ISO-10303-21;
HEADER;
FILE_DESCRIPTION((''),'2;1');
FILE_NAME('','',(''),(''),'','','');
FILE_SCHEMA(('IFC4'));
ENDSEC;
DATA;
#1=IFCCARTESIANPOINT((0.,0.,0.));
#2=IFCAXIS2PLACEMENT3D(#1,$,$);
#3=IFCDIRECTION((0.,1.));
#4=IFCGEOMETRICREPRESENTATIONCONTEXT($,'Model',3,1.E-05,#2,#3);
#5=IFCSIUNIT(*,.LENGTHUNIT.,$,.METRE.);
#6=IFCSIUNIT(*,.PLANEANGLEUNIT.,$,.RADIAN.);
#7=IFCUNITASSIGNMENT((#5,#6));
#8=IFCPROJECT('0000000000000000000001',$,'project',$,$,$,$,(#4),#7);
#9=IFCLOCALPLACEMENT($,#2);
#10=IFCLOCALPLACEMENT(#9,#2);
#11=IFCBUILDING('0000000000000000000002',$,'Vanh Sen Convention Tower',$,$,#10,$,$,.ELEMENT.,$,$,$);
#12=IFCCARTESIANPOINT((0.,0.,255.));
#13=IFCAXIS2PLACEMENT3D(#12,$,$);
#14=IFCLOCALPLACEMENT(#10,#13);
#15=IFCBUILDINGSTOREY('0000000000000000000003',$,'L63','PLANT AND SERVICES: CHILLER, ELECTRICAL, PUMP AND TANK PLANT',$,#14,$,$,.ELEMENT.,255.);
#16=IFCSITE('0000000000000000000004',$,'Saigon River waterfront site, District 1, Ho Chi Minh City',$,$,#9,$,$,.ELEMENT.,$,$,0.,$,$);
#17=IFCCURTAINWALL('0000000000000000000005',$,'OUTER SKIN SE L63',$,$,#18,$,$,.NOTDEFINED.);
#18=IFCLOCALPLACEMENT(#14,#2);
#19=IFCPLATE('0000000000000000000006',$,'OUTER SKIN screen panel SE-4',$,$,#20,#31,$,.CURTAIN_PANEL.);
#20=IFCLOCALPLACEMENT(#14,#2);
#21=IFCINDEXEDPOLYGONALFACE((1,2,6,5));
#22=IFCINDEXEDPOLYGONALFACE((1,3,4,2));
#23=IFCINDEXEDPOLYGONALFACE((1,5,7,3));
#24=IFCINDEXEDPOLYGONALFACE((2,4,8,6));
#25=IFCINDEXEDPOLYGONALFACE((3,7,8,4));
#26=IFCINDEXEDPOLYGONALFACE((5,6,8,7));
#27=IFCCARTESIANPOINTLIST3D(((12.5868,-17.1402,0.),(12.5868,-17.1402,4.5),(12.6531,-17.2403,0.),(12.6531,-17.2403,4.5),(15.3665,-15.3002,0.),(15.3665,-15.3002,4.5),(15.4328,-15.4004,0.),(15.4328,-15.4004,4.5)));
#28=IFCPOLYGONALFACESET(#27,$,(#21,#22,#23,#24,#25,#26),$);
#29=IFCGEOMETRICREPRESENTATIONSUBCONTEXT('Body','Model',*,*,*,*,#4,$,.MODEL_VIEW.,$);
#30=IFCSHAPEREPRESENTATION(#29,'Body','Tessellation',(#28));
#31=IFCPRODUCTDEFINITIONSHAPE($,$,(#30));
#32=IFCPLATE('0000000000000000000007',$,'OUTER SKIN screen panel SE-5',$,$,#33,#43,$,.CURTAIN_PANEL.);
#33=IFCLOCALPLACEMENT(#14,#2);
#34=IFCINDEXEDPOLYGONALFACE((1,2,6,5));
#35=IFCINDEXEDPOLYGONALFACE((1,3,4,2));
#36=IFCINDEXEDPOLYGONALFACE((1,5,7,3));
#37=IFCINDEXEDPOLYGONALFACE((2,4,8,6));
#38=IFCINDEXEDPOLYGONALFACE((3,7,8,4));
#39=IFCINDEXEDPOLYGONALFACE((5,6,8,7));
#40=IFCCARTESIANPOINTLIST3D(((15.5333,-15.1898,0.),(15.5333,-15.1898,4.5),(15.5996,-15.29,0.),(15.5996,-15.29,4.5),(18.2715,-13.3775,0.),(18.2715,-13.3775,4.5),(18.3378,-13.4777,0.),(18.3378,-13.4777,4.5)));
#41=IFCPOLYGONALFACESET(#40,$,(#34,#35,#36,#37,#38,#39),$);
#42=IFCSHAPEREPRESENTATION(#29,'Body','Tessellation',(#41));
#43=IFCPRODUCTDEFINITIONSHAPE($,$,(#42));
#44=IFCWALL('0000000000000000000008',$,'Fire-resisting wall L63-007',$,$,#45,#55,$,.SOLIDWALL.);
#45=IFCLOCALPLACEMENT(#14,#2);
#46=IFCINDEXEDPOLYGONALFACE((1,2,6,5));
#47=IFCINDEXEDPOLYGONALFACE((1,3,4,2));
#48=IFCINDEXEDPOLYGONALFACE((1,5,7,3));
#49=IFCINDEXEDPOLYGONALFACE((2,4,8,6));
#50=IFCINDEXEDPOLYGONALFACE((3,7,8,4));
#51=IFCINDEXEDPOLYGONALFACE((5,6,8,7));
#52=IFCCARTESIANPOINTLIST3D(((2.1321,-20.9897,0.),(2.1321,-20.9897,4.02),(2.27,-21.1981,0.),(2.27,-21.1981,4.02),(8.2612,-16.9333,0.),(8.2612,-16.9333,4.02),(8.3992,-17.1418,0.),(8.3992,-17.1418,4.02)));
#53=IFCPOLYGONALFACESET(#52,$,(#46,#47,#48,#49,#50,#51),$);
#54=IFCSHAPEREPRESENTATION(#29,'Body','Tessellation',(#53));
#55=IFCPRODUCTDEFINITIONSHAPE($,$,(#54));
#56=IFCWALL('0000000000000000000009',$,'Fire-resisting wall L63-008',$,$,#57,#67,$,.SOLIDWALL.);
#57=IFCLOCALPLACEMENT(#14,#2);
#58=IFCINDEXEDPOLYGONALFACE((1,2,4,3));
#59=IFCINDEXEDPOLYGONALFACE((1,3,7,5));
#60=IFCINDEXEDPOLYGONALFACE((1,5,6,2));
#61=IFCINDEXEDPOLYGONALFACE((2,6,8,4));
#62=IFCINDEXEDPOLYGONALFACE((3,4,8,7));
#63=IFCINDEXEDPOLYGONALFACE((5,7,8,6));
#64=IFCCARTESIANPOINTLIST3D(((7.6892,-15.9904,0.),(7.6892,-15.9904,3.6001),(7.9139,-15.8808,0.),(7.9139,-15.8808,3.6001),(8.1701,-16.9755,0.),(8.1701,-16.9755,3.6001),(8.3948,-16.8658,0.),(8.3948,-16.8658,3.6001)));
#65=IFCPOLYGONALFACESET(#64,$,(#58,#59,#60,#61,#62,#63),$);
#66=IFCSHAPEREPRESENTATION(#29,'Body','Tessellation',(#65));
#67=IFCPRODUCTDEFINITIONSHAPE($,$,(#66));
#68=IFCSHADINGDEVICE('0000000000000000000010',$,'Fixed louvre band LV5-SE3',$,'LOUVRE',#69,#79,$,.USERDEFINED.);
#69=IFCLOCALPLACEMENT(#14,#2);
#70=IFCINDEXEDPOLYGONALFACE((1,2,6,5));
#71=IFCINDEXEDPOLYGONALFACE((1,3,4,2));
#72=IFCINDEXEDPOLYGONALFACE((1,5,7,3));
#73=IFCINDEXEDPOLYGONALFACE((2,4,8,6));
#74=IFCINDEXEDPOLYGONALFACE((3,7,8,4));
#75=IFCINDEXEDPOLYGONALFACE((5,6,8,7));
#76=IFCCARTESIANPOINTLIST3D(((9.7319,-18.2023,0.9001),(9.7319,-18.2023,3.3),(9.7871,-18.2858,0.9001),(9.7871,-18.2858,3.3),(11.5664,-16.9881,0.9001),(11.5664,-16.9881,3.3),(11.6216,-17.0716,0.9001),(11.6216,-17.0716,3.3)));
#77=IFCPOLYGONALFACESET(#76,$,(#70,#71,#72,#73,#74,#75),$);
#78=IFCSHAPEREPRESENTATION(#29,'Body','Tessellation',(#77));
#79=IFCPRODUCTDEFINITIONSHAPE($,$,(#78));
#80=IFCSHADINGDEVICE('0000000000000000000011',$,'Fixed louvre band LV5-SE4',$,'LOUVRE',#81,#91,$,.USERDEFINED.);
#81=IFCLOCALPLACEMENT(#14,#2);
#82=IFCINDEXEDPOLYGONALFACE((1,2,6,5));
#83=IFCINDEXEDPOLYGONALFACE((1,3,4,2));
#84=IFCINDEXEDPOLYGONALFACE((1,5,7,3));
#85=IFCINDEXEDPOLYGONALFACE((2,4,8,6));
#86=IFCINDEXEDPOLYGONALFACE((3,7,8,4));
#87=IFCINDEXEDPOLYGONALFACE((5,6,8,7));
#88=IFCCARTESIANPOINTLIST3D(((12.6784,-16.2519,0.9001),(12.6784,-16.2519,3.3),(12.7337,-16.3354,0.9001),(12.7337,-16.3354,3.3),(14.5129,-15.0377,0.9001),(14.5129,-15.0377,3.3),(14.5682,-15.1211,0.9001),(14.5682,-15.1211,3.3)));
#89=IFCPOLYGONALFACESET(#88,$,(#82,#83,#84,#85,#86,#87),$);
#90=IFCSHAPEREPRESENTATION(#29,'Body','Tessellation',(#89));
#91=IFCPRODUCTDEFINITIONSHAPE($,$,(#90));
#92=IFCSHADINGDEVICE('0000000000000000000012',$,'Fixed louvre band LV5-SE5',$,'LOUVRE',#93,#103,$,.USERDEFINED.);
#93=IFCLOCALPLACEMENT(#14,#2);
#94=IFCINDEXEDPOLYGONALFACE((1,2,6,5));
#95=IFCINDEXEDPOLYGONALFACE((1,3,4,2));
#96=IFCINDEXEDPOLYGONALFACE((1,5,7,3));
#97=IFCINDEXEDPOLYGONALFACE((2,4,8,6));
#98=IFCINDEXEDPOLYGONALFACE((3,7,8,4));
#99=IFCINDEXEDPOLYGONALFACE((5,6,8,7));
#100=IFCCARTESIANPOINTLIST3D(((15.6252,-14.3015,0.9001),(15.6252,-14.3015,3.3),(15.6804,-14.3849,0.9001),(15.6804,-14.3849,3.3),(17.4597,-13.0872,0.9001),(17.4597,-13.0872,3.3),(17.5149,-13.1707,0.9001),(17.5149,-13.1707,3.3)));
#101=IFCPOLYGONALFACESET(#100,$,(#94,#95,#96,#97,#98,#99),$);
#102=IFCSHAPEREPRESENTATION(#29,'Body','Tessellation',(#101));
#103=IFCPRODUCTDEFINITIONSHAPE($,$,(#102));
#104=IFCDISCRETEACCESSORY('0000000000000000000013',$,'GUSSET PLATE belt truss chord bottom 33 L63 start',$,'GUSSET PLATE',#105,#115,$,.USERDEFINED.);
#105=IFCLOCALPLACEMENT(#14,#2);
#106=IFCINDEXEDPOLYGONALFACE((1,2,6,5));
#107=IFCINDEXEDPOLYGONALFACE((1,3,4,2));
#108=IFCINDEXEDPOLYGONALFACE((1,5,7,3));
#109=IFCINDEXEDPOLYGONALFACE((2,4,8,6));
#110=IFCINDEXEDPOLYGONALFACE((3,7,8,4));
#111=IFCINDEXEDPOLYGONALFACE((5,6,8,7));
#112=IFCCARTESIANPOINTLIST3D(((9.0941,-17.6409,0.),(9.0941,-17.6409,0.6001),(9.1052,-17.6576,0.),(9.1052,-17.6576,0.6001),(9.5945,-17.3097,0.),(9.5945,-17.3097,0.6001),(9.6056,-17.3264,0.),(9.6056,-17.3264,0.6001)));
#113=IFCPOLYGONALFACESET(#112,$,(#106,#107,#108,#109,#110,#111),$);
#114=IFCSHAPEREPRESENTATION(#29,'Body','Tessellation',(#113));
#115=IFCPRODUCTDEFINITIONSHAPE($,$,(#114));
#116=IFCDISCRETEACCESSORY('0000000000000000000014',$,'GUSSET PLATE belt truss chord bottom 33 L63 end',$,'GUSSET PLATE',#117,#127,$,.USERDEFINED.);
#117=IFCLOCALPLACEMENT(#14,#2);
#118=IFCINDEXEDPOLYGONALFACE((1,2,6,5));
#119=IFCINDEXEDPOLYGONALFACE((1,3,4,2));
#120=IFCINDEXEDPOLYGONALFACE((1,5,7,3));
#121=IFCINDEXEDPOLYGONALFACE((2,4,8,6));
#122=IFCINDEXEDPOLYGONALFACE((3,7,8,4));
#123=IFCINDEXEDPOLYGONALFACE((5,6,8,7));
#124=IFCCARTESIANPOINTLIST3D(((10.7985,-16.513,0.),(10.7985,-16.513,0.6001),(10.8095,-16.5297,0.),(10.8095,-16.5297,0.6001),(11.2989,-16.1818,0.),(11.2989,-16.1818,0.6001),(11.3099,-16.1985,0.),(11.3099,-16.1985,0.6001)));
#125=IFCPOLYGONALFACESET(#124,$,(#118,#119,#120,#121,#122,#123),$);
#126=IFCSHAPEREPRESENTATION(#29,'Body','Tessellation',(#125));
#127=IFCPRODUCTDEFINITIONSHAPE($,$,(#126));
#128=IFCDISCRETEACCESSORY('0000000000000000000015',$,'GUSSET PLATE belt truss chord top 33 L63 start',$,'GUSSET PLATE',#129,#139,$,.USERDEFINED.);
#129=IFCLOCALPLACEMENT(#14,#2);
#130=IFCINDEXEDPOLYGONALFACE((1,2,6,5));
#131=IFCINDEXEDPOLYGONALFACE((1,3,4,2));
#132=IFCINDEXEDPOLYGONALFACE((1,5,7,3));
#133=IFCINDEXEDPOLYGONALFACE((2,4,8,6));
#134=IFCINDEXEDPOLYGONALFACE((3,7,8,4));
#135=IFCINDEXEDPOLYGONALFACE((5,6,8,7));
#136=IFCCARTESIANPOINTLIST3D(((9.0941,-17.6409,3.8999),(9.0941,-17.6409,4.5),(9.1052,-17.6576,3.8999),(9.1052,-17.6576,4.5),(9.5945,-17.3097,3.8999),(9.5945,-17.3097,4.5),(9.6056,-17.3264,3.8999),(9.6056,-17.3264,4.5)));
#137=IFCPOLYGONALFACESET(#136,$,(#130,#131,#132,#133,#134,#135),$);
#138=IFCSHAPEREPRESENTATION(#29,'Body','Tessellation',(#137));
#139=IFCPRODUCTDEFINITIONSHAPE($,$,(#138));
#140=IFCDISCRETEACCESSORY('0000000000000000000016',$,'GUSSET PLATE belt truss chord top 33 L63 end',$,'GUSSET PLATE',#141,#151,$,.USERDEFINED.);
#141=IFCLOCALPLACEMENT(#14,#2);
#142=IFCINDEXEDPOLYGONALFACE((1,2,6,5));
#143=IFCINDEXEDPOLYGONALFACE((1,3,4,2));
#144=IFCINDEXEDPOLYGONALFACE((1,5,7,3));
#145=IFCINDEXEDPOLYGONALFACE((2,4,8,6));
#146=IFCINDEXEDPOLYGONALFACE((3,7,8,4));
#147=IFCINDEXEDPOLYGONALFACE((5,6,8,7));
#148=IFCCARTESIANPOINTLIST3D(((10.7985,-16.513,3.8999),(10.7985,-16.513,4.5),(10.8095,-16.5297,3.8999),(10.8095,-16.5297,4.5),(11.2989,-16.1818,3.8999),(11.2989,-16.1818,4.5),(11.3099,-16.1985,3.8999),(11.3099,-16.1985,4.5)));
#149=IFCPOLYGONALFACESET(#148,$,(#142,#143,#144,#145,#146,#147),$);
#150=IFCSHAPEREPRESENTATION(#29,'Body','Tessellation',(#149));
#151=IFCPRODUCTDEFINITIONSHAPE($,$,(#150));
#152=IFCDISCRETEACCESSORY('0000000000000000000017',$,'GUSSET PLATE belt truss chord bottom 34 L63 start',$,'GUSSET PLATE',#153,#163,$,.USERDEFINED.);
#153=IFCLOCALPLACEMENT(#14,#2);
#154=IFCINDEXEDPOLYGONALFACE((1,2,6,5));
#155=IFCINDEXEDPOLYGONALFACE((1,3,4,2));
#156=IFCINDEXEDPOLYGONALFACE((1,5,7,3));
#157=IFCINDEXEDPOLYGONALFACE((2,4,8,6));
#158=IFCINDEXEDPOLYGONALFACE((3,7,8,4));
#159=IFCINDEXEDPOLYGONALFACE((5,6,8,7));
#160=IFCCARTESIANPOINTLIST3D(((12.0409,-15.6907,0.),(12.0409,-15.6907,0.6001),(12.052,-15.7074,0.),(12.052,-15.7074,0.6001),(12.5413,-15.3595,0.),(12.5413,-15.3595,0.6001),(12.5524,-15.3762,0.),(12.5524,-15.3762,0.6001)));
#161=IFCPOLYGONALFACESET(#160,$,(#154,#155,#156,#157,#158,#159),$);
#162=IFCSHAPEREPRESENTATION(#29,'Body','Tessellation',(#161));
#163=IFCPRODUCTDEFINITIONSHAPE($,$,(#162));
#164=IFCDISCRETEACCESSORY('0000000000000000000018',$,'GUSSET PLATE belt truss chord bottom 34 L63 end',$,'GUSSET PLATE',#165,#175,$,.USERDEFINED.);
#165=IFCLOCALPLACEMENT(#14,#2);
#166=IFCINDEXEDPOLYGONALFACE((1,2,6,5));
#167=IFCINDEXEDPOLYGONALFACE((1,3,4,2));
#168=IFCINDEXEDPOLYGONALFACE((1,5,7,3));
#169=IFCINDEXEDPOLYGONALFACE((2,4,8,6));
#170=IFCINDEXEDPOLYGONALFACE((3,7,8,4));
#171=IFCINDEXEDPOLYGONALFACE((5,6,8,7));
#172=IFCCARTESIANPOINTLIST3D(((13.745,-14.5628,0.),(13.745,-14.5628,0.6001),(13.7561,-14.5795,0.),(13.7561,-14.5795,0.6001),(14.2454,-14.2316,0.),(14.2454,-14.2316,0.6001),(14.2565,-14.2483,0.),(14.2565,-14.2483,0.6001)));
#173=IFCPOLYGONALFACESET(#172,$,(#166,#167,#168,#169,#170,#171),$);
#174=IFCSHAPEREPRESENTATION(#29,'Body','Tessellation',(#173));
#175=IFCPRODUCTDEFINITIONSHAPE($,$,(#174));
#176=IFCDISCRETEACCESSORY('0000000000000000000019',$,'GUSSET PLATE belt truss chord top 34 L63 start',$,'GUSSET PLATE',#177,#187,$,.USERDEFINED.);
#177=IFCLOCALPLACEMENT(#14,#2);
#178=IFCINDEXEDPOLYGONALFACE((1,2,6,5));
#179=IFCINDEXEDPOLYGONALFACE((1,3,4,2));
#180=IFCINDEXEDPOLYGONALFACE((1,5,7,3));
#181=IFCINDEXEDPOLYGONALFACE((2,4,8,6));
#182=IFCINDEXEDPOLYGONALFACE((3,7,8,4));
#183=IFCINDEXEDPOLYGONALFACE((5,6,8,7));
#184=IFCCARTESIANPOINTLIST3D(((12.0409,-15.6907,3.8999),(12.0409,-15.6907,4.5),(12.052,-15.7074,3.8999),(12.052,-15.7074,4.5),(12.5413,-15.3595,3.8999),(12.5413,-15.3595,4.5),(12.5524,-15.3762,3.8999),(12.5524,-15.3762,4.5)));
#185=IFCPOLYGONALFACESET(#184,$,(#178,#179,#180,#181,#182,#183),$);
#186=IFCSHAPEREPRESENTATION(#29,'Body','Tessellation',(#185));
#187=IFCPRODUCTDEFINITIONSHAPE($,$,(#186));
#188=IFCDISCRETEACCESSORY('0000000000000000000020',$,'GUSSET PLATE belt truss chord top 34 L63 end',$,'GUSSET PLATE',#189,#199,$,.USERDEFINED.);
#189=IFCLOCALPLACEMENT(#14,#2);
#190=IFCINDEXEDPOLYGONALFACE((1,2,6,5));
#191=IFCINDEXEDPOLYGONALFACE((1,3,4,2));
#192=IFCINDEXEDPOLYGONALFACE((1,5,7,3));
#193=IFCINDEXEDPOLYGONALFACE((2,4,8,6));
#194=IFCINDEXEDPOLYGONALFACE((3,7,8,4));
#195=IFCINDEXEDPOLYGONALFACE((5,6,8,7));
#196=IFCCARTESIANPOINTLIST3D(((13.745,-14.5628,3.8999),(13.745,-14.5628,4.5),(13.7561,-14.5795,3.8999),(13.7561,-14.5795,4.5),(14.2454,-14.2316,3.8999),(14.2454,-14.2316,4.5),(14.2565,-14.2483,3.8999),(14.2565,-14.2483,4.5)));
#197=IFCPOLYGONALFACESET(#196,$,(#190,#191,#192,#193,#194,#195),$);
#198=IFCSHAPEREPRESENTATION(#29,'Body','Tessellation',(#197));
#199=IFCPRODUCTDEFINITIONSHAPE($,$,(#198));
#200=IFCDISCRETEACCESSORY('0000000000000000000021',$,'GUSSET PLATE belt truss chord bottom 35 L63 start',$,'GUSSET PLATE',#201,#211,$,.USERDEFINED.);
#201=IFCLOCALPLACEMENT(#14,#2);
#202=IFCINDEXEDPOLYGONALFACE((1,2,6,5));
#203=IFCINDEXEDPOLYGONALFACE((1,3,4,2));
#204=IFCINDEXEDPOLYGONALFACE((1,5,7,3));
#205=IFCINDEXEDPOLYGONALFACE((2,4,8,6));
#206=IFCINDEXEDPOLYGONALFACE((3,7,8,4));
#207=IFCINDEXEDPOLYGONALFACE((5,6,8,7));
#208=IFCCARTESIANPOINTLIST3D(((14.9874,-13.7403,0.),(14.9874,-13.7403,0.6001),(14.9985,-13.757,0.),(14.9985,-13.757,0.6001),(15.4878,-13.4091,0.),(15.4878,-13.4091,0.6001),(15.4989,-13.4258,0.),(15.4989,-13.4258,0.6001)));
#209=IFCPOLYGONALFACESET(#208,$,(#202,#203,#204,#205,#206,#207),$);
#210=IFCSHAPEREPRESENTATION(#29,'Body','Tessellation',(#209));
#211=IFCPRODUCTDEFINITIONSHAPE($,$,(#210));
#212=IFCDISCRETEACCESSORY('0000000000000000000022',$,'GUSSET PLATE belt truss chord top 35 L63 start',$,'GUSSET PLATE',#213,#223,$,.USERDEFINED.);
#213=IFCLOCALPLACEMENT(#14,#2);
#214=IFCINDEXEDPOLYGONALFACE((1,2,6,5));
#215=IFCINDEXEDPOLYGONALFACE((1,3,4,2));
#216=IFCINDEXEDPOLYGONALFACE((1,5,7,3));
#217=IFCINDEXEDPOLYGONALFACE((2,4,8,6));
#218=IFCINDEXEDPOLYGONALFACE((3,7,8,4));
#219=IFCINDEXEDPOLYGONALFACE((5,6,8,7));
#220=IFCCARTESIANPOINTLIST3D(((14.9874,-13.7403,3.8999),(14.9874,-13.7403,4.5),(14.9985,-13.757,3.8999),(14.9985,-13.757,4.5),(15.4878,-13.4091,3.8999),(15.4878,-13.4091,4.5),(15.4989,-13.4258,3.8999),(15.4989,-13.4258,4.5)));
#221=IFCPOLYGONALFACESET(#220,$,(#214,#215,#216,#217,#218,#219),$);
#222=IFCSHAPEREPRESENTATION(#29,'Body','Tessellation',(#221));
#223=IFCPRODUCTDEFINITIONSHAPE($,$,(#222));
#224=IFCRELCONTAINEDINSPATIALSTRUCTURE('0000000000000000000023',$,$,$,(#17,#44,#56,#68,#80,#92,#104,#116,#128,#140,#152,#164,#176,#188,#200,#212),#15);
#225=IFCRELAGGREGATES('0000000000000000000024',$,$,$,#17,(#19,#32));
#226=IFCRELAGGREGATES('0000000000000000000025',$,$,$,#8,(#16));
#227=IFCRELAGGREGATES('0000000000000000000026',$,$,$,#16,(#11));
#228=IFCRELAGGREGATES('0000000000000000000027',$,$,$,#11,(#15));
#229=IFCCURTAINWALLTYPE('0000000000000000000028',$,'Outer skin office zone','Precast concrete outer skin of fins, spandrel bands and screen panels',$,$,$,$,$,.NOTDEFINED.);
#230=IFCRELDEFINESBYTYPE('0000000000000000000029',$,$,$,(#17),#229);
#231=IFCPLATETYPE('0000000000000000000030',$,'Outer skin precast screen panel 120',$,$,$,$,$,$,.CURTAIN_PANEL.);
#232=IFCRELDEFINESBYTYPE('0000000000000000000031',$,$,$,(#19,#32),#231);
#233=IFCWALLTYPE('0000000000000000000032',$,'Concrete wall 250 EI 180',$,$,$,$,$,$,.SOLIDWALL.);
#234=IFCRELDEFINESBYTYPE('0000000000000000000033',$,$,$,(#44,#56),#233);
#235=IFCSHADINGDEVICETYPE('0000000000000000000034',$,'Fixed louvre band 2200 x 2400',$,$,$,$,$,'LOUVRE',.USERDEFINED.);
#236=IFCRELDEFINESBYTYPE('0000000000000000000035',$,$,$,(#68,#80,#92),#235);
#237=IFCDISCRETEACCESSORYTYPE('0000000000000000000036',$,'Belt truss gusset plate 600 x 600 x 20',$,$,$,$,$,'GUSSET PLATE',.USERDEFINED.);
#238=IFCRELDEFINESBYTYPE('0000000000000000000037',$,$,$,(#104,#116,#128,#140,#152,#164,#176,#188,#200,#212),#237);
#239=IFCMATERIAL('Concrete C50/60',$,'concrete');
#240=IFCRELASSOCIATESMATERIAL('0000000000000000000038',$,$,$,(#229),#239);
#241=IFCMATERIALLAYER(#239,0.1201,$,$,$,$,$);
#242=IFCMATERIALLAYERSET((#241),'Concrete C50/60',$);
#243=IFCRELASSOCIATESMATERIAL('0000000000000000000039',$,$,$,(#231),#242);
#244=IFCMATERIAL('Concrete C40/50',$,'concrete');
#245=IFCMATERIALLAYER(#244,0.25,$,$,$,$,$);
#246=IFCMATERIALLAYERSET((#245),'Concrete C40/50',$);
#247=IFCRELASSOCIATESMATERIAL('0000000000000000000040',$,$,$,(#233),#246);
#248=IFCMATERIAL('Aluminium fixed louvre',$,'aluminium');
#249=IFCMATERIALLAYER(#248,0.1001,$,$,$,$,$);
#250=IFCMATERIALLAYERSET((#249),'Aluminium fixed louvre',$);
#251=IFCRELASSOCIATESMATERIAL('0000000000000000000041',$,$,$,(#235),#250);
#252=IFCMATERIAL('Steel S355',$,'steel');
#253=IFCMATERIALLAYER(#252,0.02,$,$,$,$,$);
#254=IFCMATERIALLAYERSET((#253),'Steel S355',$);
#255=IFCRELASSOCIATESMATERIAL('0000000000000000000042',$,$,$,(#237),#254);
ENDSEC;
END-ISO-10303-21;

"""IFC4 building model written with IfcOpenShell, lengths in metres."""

from ifc_helpers import new_model, si_unit, direction, frame, frame_2d, origin, origin_2d, place, context, subcontext, project, spatial, rectangle, extrude, material, layer, layer_set, type_object, element, aggregate, save


model = new_model("IFC4")

# Units and contexts
model_context = context("Model", 3, precision=1e-05, world=origin(), true_north=direction((0.0, 1.0)))
body_context = subcontext(model_context, "Body", "Model", "MODEL_VIEW")
ifc_project = project(units=[si_unit("LENGTHUNIT", "METRE"), si_unit("PLANEANGLEUNIT", "RADIAN")], contexts=[model_context])

# Site, building, storey
site_placement = place(None, origin())
site = spatial("IfcSite", under=ifc_project, at=site_placement, Name="Saigon River waterfront site, District 1, Ho Chi Minh City", CompositionType="ELEMENT", RefElevation=0.0)
building_placement = place(site_placement, origin())
building = spatial("IfcBuilding", under=site, at=building_placement, Name="Vanh Sen Convention Tower", CompositionType="ELEMENT")
storey_placement = place(building_placement, frame((0.0, 0.0, 255.0)))
storey = spatial("IfcBuildingStorey", under=building, at=storey_placement, Name="L63", Description="PLANT AND SERVICES: CHILLER, ELECTRICAL, PUMP AND TANK PLANT", CompositionType="ELEMENT", Elevation=255.0)

# Shared definitions
ifc_material_1 = material(Name="Steel S355", Category="steel")

# Curtain wall
ifc_material_2 = material(Name="Concrete C50/60", Category="concrete")
curtain_wall_type = type_object("IfcCurtainWallType", Name="Outer skin office zone", Description="Precast concrete outer skin of fins, spandrel bands and screen panels", PredefinedType="NOTDEFINED", material=ifc_material_2)
curtain_wall_placement = place(storey_placement, origin())
curtain_wall = element("IfcCurtainWall", 1, at=curtain_wall_placement, inside=storey, type_object=curtain_wall_type, Name="OUTER SKIN SE L63", PredefinedType="NOTDEFINED")

# Plates
ifc_layer_1 = layer(ifc_material_2, 0.1201)
ifc_layer_set_1 = layer_set([ifc_layer_1], Name="Concrete C50/60")
plate_type = type_object("IfcPlateType", Name="Outer skin precast screen panel 120", PredefinedType="CURTAIN_PANEL", material=ifc_layer_set_1)
plate_1_placement = place(storey_placement, frame((14.0098, -16.2703, 0.0), z_axis=(0.0, 0.0, 1.0), x_axis=(0.833874, 0.551954, 0.0)))
plate_1 = element("IfcPlate", 2, at=plate_1_placement, type_object=plate_type, Name="OUTER SKIN screen panel SE-4", PredefinedType="CURTAIN_PANEL", context=body_context, shape_type="SweptSolid", body=[
    extrude(rectangle(XDim=3.3335, YDim=0.1201, at=origin_2d()), origin(), (0.0, 0.0, 1.0), 4.5),
])
plate_2_placement = place(storey_placement, frame((16.9355, -14.3337, 0.0), z_axis=(0.0, 0.0, 1.0), x_axis=(0.833896, 0.551921, 0.0)))
plate_2 = element("IfcPlate", 3, at=plate_2_placement, type_object=plate_type, Name="OUTER SKIN screen panel SE-5", PredefinedType="CURTAIN_PANEL", context=body_context, shape_type="SweptSolid", body=[
    extrude(rectangle(XDim=3.2837, YDim=0.1201, at=origin_2d()), origin(), (0.0, 0.0, 1.0), 4.5),
])
aggregate(curtain_wall, [plate_1, plate_2])

# Walls
ifc_material_3 = material(Name="Concrete C40/50", Category="concrete")
ifc_layer_2 = layer(ifc_material_3, 0.25)
ifc_layer_set_2 = layer_set([ifc_layer_2], Name="Concrete C40/50")
wall_type = type_object("IfcWallType", Name="Concrete wall 250 EI 180", PredefinedType="SOLIDWALL", material=ifc_layer_set_2)
wall_1_placement = place(storey_placement, frame((8.3301, -17.0376, 0.0), z_axis=(0.0, 0.0, 1.0), x_axis=(-0.833911, -0.551899, 0.0)))
element("IfcWall", 4, at=wall_1_placement, inside=storey, type_object=wall_type, Name="Fire-resisting wall L63-007", PredefinedType="SOLIDWALL", context=body_context, shape_type="SweptSolid", body=[
    extrude(rectangle(XDim=7.3499, YDim=0.25, at=frame_2d((3.6748, 0.0))), origin(), (0.0, 0.0, 1.0), 4.02),
])
wall_2_placement = place(storey_placement, frame((8.2825, -16.9207, 0.0), z_axis=(0.0, 0.0, 1.0), x_axis=(-0.438731, 0.898619, 0.0)))
element("IfcWall", 5, at=wall_2_placement, inside=storey, type_object=wall_type, Name="Fire-resisting wall L63-008", PredefinedType="SOLIDWALL", context=body_context, shape_type="SweptSolid", body=[
    extrude(rectangle(XDim=1.0962, YDim=0.25, at=frame_2d((0.5481, 0.0))), origin(), (0.0, 0.0, 1.0), 3.6001),
])

# Shading devices
ifc_material_4 = material(Name="Aluminium fixed louvre", Category="aluminium")
ifc_layer_3 = layer(ifc_material_4, 0.1001)
ifc_layer_set_3 = layer_set([ifc_layer_3], Name="Aluminium fixed louvre")
shading_device_type = type_object("IfcShadingDeviceType", Name="Fixed louvre band 2200 x 2400", ElementType="LOUVRE", PredefinedType="USERDEFINED", material=ifc_layer_set_3)
for number, where, z_axis, x_axis, name in (
    (6, (10.6768, -17.637, 0.9001), (0.0, 0.0, 1.0), (0.833887, 0.551936, 0.0), "Fixed louvre band LV5-SE3"),
    (7, (13.6233, -15.6865, 0.9001), (0.0, 0.0, 1.0), (0.833887, 0.551936, 0.0), "Fixed louvre band LV5-SE4"),
    (8, (16.5701, -13.7361, 0.9001), (0.0, 0.0, 1.0), (0.833887, 0.551936, 0.0), "Fixed louvre band LV5-SE5"),
):
    element("IfcShadingDevice", number, at=place(storey_placement, frame(where, z_axis=z_axis, x_axis=x_axis)), inside=storey, type_object=shading_device_type, Name=name, ObjectType="LOUVRE", PredefinedType="USERDEFINED", context=body_context, shape_type="SweptSolid", body=[
        extrude(rectangle(XDim=2.2, YDim=0.1001, at=origin_2d()), origin(), (0.0, 0.0, 1.0), 2.3999),
    ])

# Discrete accessories
ifc_layer_4 = layer(ifc_material_1, 0.02)
ifc_layer_set_4 = layer_set([ifc_layer_4], Name="Steel S355")
discrete_accessory_type_1 = type_object("IfcDiscreteAccessoryType", Name="Belt truss gusset plate 600 x 600 x 20", ElementType="GUSSET PLATE", PredefinedType="USERDEFINED", material=ifc_layer_set_4)
for number, where, z_axis, x_axis, name in (
    (9, (9.3499, -17.4836, 0.0), (0.0, 0.0, 1.0), (0.833896, 0.551921, 0.0), "GUSSET PLATE belt truss chord bottom 33 L63 start"),
    (10, (11.0542, -16.3557, 0.0), (0.0, 0.0, 1.0), (-0.833896, -0.551921, 0.0), "GUSSET PLATE belt truss chord bottom 33 L63 end"),
    (11, (9.3499, -17.4836, 3.8999), (0.0, 0.0, 1.0), (0.833896, 0.551921, 0.0), "GUSSET PLATE belt truss chord top 33 L63 start"),
    (12, (11.0542, -16.3557, 3.8999), (0.0, 0.0, 1.0), (-0.833896, -0.551921, 0.0), "GUSSET PLATE belt truss chord top 33 L63 end"),
    (13, (12.2966, -15.5334, 0.0), (0.0, 0.0, 1.0), (0.833874, 0.551954, 0.0), "GUSSET PLATE belt truss chord bottom 34 L63 start"),
    (14, (14.0007, -14.4055, 0.0), (0.0, 0.0, 1.0), (-0.833874, -0.551954, 0.0), "GUSSET PLATE belt truss chord bottom 34 L63 end"),
    (15, (12.2966, -15.5334, 3.8999), (0.0, 0.0, 1.0), (0.833874, 0.551954, 0.0), "GUSSET PLATE belt truss chord top 34 L63 start"),
    (16, (14.0007, -14.4055, 3.8999), (0.0, 0.0, 1.0), (-0.833874, -0.551954, 0.0), "GUSSET PLATE belt truss chord top 34 L63 end"),
    (17, (15.2432, -13.583, 0.0), (0.0, 0.0, 1.0), (0.833896, 0.551921, 0.0), "GUSSET PLATE belt truss chord bottom 35 L63 start"),
    (18, (15.2432, -13.583, 3.8999), (0.0, 0.0, 1.0), (0.833896, 0.551921, 0.0), "GUSSET PLATE belt truss chord top 35 L63 start"),
):
    element("IfcDiscreteAccessory", number, at=place(storey_placement, frame(where, z_axis=z_axis, x_axis=x_axis)), inside=storey, type_object=discrete_accessory_type_1, Name=name, ObjectType="GUSSET PLATE", PredefinedType="USERDEFINED", context=body_context, shape_type="SweptSolid", body=[
        extrude(rectangle(XDim=0.6001, YDim=0.02, at=origin_2d()), origin(), (0.0, 0.0, 1.0), 0.6001),
    ])

save(model, "model.ifc")
